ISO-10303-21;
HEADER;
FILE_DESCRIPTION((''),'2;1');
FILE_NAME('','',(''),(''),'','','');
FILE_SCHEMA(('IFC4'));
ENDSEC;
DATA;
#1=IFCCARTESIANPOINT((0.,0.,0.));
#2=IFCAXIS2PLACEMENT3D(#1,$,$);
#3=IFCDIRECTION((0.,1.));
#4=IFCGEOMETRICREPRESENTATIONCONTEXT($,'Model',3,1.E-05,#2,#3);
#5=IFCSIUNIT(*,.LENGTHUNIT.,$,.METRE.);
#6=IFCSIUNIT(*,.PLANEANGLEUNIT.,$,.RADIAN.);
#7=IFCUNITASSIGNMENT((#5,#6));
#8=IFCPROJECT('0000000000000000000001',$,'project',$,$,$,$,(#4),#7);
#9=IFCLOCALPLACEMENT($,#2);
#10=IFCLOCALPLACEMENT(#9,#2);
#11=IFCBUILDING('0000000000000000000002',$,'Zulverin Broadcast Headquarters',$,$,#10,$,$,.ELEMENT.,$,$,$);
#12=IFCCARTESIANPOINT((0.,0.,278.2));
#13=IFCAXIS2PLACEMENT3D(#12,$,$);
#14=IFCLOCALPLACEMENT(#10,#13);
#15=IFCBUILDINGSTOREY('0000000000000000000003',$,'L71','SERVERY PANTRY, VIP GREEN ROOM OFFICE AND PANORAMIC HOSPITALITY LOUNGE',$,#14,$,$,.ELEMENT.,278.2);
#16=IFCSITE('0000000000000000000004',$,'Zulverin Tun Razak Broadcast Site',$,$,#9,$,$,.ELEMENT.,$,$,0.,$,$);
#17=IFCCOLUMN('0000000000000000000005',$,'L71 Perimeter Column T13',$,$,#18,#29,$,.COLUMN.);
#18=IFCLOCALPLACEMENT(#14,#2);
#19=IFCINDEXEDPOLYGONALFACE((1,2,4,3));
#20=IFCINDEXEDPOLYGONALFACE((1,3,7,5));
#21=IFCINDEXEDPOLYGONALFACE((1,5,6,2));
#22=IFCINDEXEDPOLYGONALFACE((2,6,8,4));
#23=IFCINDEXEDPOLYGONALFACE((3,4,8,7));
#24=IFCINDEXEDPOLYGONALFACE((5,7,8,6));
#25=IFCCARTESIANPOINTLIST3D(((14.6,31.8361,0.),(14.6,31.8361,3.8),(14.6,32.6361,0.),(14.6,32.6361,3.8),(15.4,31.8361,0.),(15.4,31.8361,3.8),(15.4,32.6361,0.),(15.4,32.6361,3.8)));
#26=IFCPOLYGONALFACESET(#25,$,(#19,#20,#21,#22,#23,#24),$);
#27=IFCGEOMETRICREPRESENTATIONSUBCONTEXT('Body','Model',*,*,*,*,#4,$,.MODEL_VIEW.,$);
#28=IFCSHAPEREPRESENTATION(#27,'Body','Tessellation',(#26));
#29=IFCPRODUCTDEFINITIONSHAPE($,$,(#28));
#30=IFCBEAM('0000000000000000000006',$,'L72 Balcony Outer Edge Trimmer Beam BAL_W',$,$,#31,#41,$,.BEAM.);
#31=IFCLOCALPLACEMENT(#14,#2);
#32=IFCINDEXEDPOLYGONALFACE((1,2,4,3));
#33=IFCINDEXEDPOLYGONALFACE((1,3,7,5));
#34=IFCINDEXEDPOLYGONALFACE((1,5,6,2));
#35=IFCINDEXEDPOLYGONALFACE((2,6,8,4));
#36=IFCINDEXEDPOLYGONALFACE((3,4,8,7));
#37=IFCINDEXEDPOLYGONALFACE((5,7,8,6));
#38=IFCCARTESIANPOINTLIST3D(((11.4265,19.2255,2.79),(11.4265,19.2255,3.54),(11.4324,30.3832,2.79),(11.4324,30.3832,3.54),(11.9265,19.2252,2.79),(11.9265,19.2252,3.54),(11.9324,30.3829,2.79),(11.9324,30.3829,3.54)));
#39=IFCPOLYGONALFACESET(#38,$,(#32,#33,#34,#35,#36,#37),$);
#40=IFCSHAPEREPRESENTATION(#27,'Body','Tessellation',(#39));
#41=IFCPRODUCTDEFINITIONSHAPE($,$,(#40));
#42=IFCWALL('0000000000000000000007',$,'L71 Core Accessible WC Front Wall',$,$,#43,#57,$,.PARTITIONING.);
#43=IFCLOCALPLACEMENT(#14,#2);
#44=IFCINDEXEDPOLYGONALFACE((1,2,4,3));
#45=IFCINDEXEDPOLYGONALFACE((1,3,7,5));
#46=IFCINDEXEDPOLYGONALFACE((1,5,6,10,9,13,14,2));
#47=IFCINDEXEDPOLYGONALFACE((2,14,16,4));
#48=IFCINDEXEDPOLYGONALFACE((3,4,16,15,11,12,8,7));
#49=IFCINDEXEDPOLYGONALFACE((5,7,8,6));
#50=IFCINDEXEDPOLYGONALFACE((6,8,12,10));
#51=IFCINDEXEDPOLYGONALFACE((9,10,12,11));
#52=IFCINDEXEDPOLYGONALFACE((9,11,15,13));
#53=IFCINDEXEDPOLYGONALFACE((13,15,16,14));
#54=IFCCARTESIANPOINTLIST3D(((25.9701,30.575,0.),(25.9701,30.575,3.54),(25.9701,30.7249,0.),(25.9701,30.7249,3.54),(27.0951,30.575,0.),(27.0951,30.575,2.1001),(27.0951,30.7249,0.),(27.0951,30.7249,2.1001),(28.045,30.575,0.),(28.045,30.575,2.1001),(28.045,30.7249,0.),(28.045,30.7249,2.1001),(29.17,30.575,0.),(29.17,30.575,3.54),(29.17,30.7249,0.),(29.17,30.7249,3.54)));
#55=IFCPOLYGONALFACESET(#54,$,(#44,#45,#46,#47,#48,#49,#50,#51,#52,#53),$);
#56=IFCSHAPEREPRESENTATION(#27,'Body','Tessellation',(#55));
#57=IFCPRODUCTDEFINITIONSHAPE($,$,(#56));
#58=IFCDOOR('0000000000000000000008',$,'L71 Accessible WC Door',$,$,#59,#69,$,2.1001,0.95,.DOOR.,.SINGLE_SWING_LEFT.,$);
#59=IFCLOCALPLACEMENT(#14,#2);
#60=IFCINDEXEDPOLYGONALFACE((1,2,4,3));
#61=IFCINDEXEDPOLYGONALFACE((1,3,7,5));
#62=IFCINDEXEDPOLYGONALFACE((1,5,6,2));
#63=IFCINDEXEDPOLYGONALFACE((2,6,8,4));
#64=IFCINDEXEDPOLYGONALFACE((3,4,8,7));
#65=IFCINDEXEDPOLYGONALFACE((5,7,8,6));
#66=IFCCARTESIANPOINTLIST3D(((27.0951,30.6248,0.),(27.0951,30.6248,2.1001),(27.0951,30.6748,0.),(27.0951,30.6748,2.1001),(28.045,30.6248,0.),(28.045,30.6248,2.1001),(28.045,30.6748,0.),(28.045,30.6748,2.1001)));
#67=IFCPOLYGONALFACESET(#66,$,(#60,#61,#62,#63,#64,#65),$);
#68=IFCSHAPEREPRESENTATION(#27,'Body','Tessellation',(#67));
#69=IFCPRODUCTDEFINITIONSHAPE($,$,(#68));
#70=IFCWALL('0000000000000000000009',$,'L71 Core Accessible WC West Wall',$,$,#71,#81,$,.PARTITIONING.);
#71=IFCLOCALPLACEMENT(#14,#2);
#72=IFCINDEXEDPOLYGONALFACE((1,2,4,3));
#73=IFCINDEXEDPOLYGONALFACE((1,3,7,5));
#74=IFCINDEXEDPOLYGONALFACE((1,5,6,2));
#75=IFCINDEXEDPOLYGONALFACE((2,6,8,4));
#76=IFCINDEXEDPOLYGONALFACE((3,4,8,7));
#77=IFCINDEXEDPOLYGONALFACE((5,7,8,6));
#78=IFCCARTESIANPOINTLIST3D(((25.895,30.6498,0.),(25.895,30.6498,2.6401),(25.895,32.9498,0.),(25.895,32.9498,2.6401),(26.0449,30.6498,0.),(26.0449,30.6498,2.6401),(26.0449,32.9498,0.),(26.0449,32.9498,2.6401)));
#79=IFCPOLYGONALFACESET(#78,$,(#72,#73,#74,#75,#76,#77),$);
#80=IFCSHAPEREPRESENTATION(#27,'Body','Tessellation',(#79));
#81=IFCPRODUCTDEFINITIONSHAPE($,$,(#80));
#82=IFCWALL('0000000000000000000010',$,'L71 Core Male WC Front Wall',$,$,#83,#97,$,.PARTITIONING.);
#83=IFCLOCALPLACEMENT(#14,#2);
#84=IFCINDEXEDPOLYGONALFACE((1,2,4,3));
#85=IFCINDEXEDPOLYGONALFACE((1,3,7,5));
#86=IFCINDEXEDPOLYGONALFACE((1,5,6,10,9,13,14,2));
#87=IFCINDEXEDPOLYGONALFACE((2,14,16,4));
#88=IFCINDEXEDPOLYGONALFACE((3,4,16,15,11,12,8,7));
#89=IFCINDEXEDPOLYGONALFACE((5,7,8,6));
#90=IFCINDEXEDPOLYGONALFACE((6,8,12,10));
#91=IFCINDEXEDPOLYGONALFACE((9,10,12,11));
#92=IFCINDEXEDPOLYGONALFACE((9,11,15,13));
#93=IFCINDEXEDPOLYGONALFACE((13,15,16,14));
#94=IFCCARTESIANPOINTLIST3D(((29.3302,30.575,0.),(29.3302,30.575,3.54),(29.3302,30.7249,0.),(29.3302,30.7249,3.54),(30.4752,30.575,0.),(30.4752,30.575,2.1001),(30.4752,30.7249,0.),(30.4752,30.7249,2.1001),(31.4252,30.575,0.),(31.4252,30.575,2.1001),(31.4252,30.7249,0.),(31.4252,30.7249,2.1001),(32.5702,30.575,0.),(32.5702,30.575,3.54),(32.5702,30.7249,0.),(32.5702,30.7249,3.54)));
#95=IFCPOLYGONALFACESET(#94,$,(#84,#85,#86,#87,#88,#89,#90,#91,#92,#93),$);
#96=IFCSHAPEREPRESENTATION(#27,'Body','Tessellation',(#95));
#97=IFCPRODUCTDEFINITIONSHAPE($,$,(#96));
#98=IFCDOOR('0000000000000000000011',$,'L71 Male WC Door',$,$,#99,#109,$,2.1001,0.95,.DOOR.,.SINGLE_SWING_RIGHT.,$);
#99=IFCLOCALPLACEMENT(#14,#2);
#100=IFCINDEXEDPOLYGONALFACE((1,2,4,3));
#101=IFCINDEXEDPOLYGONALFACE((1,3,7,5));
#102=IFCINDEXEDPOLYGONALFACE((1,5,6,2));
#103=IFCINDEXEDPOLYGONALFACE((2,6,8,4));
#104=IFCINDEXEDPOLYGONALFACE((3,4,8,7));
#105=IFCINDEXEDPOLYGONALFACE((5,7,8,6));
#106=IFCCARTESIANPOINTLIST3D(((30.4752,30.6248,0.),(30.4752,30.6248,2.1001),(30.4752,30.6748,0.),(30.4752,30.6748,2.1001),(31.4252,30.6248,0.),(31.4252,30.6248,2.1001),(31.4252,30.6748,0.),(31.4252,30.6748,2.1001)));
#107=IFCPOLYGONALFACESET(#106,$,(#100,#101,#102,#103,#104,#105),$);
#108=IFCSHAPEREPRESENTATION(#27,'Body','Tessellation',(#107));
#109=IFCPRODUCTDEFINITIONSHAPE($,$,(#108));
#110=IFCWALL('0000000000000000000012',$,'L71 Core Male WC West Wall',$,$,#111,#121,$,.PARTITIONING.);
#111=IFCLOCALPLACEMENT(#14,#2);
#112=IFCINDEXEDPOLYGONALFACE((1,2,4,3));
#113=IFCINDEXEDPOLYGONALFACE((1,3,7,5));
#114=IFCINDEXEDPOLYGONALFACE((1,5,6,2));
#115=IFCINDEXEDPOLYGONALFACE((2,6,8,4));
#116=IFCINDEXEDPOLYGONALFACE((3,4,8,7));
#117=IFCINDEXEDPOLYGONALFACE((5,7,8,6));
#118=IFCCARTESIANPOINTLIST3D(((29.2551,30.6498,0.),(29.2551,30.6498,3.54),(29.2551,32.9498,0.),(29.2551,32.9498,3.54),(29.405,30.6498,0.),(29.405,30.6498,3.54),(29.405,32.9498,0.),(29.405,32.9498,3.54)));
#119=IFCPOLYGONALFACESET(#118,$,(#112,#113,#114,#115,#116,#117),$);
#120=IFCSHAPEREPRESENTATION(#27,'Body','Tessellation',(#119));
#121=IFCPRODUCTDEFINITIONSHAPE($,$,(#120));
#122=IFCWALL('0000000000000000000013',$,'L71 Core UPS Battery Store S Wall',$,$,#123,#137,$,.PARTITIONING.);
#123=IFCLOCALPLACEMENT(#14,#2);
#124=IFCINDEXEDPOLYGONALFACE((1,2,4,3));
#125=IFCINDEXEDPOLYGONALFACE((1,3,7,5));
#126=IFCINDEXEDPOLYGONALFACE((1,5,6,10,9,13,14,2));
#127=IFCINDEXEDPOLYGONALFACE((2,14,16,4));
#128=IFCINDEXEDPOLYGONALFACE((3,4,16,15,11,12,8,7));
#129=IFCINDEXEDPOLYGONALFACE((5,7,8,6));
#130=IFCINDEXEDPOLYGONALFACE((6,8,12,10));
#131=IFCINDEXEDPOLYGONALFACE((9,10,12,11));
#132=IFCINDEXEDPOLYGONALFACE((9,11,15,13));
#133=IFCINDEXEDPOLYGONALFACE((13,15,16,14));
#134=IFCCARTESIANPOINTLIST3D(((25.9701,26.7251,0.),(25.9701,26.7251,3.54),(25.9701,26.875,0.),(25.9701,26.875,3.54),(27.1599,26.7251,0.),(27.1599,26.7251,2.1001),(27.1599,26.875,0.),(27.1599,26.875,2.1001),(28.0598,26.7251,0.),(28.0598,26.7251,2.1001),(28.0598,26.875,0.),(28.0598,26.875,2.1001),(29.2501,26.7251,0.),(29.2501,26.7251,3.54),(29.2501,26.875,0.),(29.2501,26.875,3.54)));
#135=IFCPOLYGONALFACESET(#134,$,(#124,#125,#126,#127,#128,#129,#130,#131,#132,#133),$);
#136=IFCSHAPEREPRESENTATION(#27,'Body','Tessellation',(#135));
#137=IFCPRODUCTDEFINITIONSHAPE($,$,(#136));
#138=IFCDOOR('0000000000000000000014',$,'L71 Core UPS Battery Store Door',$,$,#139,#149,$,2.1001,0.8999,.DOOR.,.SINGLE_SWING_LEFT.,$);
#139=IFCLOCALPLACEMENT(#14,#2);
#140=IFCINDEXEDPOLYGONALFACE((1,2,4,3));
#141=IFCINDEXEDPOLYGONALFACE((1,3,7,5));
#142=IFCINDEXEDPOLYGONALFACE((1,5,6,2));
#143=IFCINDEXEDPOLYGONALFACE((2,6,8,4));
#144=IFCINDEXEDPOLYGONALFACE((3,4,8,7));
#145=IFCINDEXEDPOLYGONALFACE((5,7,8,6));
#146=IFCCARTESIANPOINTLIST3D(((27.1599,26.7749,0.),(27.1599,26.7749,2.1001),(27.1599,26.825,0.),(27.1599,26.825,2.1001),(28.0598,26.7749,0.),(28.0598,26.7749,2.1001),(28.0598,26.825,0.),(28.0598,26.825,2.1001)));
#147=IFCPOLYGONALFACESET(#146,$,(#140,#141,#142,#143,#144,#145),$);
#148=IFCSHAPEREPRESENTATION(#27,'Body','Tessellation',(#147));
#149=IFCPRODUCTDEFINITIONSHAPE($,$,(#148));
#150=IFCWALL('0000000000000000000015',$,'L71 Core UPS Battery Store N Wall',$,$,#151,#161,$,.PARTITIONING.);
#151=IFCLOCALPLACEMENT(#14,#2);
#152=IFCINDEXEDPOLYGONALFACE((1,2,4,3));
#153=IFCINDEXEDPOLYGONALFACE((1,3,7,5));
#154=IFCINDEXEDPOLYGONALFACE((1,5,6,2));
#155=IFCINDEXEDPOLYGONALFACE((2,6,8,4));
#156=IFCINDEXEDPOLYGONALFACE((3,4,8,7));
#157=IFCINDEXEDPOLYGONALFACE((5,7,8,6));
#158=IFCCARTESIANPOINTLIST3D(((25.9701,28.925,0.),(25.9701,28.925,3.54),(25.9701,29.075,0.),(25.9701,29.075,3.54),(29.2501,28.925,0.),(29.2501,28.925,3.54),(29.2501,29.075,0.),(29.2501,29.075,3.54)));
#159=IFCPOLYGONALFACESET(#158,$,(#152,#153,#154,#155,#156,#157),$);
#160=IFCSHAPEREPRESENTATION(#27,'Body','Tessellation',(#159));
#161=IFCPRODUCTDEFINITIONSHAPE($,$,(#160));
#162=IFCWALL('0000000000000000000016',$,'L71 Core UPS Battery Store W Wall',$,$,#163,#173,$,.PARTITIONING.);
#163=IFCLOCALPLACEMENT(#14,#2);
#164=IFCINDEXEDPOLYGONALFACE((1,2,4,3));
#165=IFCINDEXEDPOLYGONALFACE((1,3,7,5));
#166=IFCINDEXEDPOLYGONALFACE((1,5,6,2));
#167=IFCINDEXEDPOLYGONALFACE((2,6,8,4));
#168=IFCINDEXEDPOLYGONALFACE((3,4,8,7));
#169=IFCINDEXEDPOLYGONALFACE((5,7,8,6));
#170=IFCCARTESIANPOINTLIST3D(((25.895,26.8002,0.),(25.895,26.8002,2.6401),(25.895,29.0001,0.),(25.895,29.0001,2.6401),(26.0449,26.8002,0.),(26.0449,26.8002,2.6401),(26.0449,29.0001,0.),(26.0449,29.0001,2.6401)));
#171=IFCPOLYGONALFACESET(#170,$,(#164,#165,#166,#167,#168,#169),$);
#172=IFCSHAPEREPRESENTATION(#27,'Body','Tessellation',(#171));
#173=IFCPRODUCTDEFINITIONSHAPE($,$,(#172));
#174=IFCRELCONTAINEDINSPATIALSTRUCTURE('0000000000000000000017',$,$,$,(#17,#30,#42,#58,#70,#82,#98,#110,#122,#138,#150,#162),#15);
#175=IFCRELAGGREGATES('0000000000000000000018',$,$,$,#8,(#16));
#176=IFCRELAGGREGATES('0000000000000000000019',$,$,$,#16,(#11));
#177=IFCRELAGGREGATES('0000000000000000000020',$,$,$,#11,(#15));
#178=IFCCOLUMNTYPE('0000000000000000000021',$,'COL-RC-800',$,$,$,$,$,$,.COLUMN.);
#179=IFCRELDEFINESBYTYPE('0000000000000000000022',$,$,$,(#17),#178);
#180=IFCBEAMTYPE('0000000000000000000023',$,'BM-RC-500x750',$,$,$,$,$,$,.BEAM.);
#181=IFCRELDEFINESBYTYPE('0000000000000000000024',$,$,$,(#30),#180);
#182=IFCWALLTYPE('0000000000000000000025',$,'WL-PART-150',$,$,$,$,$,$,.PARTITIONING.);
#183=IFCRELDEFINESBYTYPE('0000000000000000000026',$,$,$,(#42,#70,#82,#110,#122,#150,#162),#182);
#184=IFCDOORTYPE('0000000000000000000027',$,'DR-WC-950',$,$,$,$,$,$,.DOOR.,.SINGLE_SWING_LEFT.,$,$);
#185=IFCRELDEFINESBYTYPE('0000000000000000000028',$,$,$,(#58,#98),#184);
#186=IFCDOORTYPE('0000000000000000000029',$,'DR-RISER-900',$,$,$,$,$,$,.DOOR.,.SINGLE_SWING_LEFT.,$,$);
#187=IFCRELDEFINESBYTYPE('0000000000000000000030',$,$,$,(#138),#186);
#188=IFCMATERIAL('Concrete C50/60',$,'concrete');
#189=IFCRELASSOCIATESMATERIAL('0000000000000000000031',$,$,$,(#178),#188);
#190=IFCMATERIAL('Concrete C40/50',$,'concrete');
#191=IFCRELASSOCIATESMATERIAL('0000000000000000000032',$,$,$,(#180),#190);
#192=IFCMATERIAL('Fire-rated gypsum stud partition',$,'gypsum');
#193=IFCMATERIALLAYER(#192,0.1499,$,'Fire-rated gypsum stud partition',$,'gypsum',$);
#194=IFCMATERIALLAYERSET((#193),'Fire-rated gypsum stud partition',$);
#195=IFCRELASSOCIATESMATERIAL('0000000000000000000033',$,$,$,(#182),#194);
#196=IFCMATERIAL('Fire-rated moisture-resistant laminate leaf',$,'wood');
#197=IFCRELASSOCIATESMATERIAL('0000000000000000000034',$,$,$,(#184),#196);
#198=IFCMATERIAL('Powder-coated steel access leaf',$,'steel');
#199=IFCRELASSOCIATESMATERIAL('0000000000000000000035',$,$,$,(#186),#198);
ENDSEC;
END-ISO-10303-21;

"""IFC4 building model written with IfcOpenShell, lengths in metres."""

from ifc_helpers import new_model, si_unit, direction, frame, frame_2d, origin, origin_2d, place, context, subcontext, project, spatial, rectangle, extrude, material, layer, layer_set, material_profile, profile_set, type_object, element, fill, save


model = new_model("IFC4")

# Units and contexts
model_context = context("Model", 3, precision=1e-05, world=origin(), true_north=direction((0.0, 1.0)))
body_context = subcontext(model_context, "Body", "Model", "MODEL_VIEW")
ifc_project = project(units=[si_unit("LENGTHUNIT", "METRE"), si_unit("PLANEANGLEUNIT", "RADIAN")], contexts=[model_context])

# Site, building, storey
site_placement = place(None, origin())
site = spatial("IfcSite", under=ifc_project, at=site_placement, Name="Zulverin Tun Razak Broadcast Site", CompositionType="ELEMENT", RefElevation=0.0)
building_placement = place(site_placement, origin())
building = spatial("IfcBuilding", under=site, at=building_placement, Name="Zulverin Broadcast Headquarters", CompositionType="ELEMENT")
storey_placement = place(building_placement, frame((0.0, 0.0, 278.2)))
storey = spatial("IfcBuildingStorey", under=building, at=storey_placement, Name="L71", Description="SERVERY PANTRY, VIP GREEN ROOM OFFICE AND PANORAMIC HOSPITALITY LOUNGE", CompositionType="ELEMENT", Elevation=278.2)

# Column
ifc_material_1 = material(Name="Concrete C50/60", Category="concrete")
ifc_material_profile_1 = material_profile(ifc_material_1, rectangle(XDim=0.8, YDim=0.8, at=origin_2d()), Name="Concrete C50/60", Category="concrete")
ifc_profile_set_1 = profile_set([ifc_material_profile_1], Name="Concrete C50/60")
column_type = type_object("IfcColumnType", Name="COL-RC-800", PredefinedType="COLUMN", material=ifc_profile_set_1)
column_placement = place(storey_placement, frame((15.0, 32.2361, 0.0), z_axis=(0.0, 0.0, 1.0), x_axis=(1.0, 0.0, 0.0)))
element("IfcColumn", 1, at=column_placement, inside=storey, type_object=column_type, Name="L71 Perimeter Column T13", PredefinedType="COLUMN", context=body_context, shape_type="SweptSolid", body=[
    extrude(rectangle(XDim=0.8, YDim=0.8, at=origin_2d()), origin(), (0.0, 0.0, 1.0), 3.8),
])

# Beam
ifc_material_2 = material(Name="Concrete C40/50", Category="concrete")
ifc_material_profile_2 = material_profile(ifc_material_2, rectangle(XDim=0.5, YDim=0.75, at=origin_2d()), Name="Concrete C40/50", Category="concrete")
ifc_profile_set_2 = profile_set([ifc_material_profile_2], Name="Concrete C40/50")
beam_type = type_object("IfcBeamType", Name="BM-RC-500x750", PredefinedType="BEAM", material=ifc_profile_set_2)
beam_placement = place(storey_placement, frame((11.6824, 30.3831, 3.165), z_axis=(-0.000525, -1.0, 0.0), x_axis=(1.0, -0.000525, 0.0)))
element("IfcBeam", 2, at=beam_placement, inside=storey, type_object=beam_type, Name="L72 Balcony Outer Edge Trimmer Beam BAL_W", PredefinedType="BEAM", context=body_context, shape_type="SweptSolid", body=[
    extrude(rectangle(XDim=0.5, YDim=0.75, at=origin_2d()), origin(), (0.0, 0.0, 1.0), 11.1577),
])

# Wall, opening, door
ifc_material_3 = material(Name="Fire-rated gypsum stud partition", Category="gypsum")
ifc_layer_1 = layer(ifc_material_3, 0.1499, Name="Fire-rated gypsum stud partition", Category="gypsum")
ifc_layer_set_1 = layer_set([ifc_layer_1], Name="Fire-rated gypsum stud partition")
wall_type_1 = type_object("IfcWallType", Name="WL-PART-150", PredefinedType="PARTITIONING", material=ifc_layer_set_1)
wall_1_placement = place(storey_placement, frame((25.97, 30.6499, 0.0), z_axis=(0.0, 0.0, 1.0), x_axis=(1.0, 0.0, 0.0)))
wall_1 = element("IfcWall", 3, at=wall_1_placement, inside=storey, type_object=wall_type_1, Name="L71 Core Accessible WC Front Wall", PredefinedType="PARTITIONING", context=body_context, shape_type="SweptSolid", body=[
    extrude(rectangle(XDim=3.2, YDim=0.1499, at=frame_2d((1.6001, 0.0))), origin(), (0.0, 0.0, 1.0), 3.54),
])
opening_1_placement = place(wall_1_placement, frame((1.125, 0.0, 0.0)))
opening_1 = element("IfcOpeningElement", 4, at=opening_1_placement, cuts=wall_1, PredefinedType="OPENING", context=body_context, shape_type="SweptSolid", body=[
    extrude(rectangle(XDim=0.95, YDim=2.1001, at=frame_2d((0.4751, 1.05))), frame((0.0, 0.085, 0.0), z_axis=(0.0, -1.0, 0.0), x_axis=(1.0, 0.0, 0.0)), (0.0, 0.0, 1.0), 0.1699),
])
ifc_material_4 = material(Name="Fire-rated moisture-resistant laminate leaf", Category="wood")
door_type_1 = type_object("IfcDoorType", Name="DR-WC-950", OperationType="SINGLE_SWING_LEFT", PredefinedType="DOOR", material=ifc_material_4)
door_1_placement = place(opening_1_placement, origin())
door_1 = element("IfcDoor", 5, at=door_1_placement, inside=storey, type_object=door_type_1, Name="L71 Accessible WC Door", OperationType="SINGLE_SWING_LEFT", OverallHeight=2.1001, OverallWidth=0.95, PredefinedType="DOOR", context=body_context, shape_type="SweptSolid", body=[
    extrude(rectangle(XDim=0.95, YDim=2.1001, at=frame_2d((0.4751, 1.05))), frame((0.0, 0.0249, 0.0), z_axis=(0.0, -1.0, 0.0), x_axis=(1.0, 0.0, 0.0)), (0.0, 0.0, 1.0), 0.05),
])
fill(opening_1, door_1)

# Wall
wall_2_placement = place(storey_placement, frame((25.97, 30.6499, 0.0), z_axis=(0.0, 0.0, 1.0), x_axis=(0.0, 1.0, 0.0)))
element("IfcWall", 6, at=wall_2_placement, inside=storey, type_object=wall_type_1, Name="L71 Core Accessible WC West Wall", PredefinedType="PARTITIONING", context=body_context, shape_type="SweptSolid", body=[
    extrude(rectangle(XDim=2.3, YDim=0.1499, at=frame_2d((1.1499, 0.0))), origin(), (0.0, 0.0, 1.0), 2.6401),
])

# Wall, opening, door
wall_3_placement = place(storey_placement, frame((29.3301, 30.6499, 0.0), z_axis=(0.0, 0.0, 1.0), x_axis=(1.0, 0.0, 0.0)))
wall_3 = element("IfcWall", 7, at=wall_3_placement, inside=storey, type_object=wall_type_1, Name="L71 Core Male WC Front Wall", PredefinedType="PARTITIONING", context=body_context, shape_type="SweptSolid", body=[
    extrude(rectangle(XDim=3.24, YDim=0.1499, at=frame_2d((1.6201, 0.0))), origin(), (0.0, 0.0, 1.0), 3.54),
])
opening_2_placement = place(wall_3_placement, frame((1.145, 0.0, 0.0)))
opening_2 = element("IfcOpeningElement", 8, at=opening_2_placement, cuts=wall_3, PredefinedType="OPENING", context=body_context, shape_type="SweptSolid", body=[
    extrude(rectangle(XDim=0.95, YDim=2.1001, at=frame_2d((0.4751, 1.05))), frame((0.0, 0.085, 0.0), z_axis=(0.0, -1.0, 0.0), x_axis=(1.0, 0.0, 0.0)), (0.0, 0.0, 1.0), 0.1699),
])
door_2_placement = place(opening_2_placement, origin())
door_2 = element("IfcDoor", 9, at=door_2_placement, inside=storey, type_object=door_type_1, Name="L71 Male WC Door", OperationType="SINGLE_SWING_RIGHT", OverallHeight=2.1001, OverallWidth=0.95, PredefinedType="DOOR", context=body_context, shape_type="SweptSolid", body=[
    extrude(rectangle(XDim=0.95, YDim=2.1001, at=frame_2d((0.4751, 1.05))), frame((0.0, 0.0249, 0.0), z_axis=(0.0, -1.0, 0.0), x_axis=(1.0, 0.0, 0.0)), (0.0, 0.0, 1.0), 0.05),
])
fill(opening_2, door_2)

# Wall
wall_4_placement = place(storey_placement, frame((29.3301, 30.6499, 0.0), z_axis=(0.0, 0.0, 1.0), x_axis=(0.0, 1.0, 0.0)))
element("IfcWall", 10, at=wall_4_placement, inside=storey, type_object=wall_type_1, Name="L71 Core Male WC West Wall", PredefinedType="PARTITIONING", context=body_context, shape_type="SweptSolid", body=[
    extrude(rectangle(XDim=2.3, YDim=0.1499, at=frame_2d((1.1499, 0.0))), origin(), (0.0, 0.0, 1.0), 3.54),
])

# Wall, opening, door
wall_5_placement = place(storey_placement, frame((25.97, 26.8, 0.0), z_axis=(0.0, 0.0, 1.0), x_axis=(1.0, 0.0, 0.0)))
wall_5 = element("IfcWall", 11, at=wall_5_placement, inside=storey, type_object=wall_type_1, Name="L71 Core UPS Battery Store S Wall", PredefinedType="PARTITIONING", context=body_context, shape_type="SweptSolid", body=[
    extrude(rectangle(XDim=3.28, YDim=0.1499, at=frame_2d((1.6401, 0.0))), origin(), (0.0, 0.0, 1.0), 3.54),
])
opening_3_placement = place(wall_5_placement, frame((1.1899, 0.0, 0.0)))
opening_3 = element("IfcOpeningElement", 12, at=opening_3_placement, cuts=wall_5, PredefinedType="OPENING", context=body_context, shape_type="SweptSolid", body=[
    extrude(rectangle(XDim=0.8999, YDim=2.1001, at=frame_2d((0.45, 1.05))), frame((0.0, 0.085, 0.0), z_axis=(0.0, -1.0, 0.0), x_axis=(1.0, 0.0, 0.0)), (0.0, 0.0, 1.0), 0.1699),
])
ifc_material_5 = material(Name="Powder-coated steel access leaf", Category="steel")
door_type_2 = type_object("IfcDoorType", Name="DR-RISER-900", OperationType="SINGLE_SWING_LEFT", PredefinedType="DOOR", material=ifc_material_5)
door_3_placement = place(opening_3_placement, origin())
door_3 = element("IfcDoor", 13, at=door_3_placement, inside=storey, type_object=door_type_2, Name="L71 Core UPS Battery Store Door", OperationType="SINGLE_SWING_LEFT", OverallHeight=2.1001, OverallWidth=0.8999, PredefinedType="DOOR", context=body_context, shape_type="SweptSolid", body=[
    extrude(rectangle(XDim=0.8999, YDim=2.1001, at=frame_2d((0.45, 1.05))), frame((0.0, 0.0249, 0.0), z_axis=(0.0, -1.0, 0.0), x_axis=(1.0, 0.0, 0.0)), (0.0, 0.0, 1.0), 0.05),
])
fill(opening_3, door_3)

# Walls
wall_6_placement = place(storey_placement, frame((25.97, 29.0, 0.0), z_axis=(0.0, 0.0, 1.0), x_axis=(1.0, 0.0, 0.0)))
element("IfcWall", 14, at=wall_6_placement, inside=storey, type_object=wall_type_1, Name="L71 Core UPS Battery Store N Wall", PredefinedType="PARTITIONING", context=body_context, shape_type="SweptSolid", body=[
    extrude(rectangle(XDim=3.28, YDim=0.1499, at=frame_2d((1.6401, 0.0))), origin(), (0.0, 0.0, 1.0), 3.54),
])
wall_7_placement = place(storey_placement, frame((25.97, 26.8, 0.0), z_axis=(0.0, 0.0, 1.0), x_axis=(0.0, 1.0, 0.0)))
element("IfcWall", 15, at=wall_7_placement, inside=storey, type_object=wall_type_1, Name="L71 Core UPS Battery Store W Wall", PredefinedType="PARTITIONING", context=body_context, shape_type="SweptSolid", body=[
    extrude(rectangle(XDim=2.2, YDim=0.1499, at=frame_2d((1.1001, 0.0))), origin(), (0.0, 0.0, 1.0), 2.6401),
])

save(model, "model.ifc")
